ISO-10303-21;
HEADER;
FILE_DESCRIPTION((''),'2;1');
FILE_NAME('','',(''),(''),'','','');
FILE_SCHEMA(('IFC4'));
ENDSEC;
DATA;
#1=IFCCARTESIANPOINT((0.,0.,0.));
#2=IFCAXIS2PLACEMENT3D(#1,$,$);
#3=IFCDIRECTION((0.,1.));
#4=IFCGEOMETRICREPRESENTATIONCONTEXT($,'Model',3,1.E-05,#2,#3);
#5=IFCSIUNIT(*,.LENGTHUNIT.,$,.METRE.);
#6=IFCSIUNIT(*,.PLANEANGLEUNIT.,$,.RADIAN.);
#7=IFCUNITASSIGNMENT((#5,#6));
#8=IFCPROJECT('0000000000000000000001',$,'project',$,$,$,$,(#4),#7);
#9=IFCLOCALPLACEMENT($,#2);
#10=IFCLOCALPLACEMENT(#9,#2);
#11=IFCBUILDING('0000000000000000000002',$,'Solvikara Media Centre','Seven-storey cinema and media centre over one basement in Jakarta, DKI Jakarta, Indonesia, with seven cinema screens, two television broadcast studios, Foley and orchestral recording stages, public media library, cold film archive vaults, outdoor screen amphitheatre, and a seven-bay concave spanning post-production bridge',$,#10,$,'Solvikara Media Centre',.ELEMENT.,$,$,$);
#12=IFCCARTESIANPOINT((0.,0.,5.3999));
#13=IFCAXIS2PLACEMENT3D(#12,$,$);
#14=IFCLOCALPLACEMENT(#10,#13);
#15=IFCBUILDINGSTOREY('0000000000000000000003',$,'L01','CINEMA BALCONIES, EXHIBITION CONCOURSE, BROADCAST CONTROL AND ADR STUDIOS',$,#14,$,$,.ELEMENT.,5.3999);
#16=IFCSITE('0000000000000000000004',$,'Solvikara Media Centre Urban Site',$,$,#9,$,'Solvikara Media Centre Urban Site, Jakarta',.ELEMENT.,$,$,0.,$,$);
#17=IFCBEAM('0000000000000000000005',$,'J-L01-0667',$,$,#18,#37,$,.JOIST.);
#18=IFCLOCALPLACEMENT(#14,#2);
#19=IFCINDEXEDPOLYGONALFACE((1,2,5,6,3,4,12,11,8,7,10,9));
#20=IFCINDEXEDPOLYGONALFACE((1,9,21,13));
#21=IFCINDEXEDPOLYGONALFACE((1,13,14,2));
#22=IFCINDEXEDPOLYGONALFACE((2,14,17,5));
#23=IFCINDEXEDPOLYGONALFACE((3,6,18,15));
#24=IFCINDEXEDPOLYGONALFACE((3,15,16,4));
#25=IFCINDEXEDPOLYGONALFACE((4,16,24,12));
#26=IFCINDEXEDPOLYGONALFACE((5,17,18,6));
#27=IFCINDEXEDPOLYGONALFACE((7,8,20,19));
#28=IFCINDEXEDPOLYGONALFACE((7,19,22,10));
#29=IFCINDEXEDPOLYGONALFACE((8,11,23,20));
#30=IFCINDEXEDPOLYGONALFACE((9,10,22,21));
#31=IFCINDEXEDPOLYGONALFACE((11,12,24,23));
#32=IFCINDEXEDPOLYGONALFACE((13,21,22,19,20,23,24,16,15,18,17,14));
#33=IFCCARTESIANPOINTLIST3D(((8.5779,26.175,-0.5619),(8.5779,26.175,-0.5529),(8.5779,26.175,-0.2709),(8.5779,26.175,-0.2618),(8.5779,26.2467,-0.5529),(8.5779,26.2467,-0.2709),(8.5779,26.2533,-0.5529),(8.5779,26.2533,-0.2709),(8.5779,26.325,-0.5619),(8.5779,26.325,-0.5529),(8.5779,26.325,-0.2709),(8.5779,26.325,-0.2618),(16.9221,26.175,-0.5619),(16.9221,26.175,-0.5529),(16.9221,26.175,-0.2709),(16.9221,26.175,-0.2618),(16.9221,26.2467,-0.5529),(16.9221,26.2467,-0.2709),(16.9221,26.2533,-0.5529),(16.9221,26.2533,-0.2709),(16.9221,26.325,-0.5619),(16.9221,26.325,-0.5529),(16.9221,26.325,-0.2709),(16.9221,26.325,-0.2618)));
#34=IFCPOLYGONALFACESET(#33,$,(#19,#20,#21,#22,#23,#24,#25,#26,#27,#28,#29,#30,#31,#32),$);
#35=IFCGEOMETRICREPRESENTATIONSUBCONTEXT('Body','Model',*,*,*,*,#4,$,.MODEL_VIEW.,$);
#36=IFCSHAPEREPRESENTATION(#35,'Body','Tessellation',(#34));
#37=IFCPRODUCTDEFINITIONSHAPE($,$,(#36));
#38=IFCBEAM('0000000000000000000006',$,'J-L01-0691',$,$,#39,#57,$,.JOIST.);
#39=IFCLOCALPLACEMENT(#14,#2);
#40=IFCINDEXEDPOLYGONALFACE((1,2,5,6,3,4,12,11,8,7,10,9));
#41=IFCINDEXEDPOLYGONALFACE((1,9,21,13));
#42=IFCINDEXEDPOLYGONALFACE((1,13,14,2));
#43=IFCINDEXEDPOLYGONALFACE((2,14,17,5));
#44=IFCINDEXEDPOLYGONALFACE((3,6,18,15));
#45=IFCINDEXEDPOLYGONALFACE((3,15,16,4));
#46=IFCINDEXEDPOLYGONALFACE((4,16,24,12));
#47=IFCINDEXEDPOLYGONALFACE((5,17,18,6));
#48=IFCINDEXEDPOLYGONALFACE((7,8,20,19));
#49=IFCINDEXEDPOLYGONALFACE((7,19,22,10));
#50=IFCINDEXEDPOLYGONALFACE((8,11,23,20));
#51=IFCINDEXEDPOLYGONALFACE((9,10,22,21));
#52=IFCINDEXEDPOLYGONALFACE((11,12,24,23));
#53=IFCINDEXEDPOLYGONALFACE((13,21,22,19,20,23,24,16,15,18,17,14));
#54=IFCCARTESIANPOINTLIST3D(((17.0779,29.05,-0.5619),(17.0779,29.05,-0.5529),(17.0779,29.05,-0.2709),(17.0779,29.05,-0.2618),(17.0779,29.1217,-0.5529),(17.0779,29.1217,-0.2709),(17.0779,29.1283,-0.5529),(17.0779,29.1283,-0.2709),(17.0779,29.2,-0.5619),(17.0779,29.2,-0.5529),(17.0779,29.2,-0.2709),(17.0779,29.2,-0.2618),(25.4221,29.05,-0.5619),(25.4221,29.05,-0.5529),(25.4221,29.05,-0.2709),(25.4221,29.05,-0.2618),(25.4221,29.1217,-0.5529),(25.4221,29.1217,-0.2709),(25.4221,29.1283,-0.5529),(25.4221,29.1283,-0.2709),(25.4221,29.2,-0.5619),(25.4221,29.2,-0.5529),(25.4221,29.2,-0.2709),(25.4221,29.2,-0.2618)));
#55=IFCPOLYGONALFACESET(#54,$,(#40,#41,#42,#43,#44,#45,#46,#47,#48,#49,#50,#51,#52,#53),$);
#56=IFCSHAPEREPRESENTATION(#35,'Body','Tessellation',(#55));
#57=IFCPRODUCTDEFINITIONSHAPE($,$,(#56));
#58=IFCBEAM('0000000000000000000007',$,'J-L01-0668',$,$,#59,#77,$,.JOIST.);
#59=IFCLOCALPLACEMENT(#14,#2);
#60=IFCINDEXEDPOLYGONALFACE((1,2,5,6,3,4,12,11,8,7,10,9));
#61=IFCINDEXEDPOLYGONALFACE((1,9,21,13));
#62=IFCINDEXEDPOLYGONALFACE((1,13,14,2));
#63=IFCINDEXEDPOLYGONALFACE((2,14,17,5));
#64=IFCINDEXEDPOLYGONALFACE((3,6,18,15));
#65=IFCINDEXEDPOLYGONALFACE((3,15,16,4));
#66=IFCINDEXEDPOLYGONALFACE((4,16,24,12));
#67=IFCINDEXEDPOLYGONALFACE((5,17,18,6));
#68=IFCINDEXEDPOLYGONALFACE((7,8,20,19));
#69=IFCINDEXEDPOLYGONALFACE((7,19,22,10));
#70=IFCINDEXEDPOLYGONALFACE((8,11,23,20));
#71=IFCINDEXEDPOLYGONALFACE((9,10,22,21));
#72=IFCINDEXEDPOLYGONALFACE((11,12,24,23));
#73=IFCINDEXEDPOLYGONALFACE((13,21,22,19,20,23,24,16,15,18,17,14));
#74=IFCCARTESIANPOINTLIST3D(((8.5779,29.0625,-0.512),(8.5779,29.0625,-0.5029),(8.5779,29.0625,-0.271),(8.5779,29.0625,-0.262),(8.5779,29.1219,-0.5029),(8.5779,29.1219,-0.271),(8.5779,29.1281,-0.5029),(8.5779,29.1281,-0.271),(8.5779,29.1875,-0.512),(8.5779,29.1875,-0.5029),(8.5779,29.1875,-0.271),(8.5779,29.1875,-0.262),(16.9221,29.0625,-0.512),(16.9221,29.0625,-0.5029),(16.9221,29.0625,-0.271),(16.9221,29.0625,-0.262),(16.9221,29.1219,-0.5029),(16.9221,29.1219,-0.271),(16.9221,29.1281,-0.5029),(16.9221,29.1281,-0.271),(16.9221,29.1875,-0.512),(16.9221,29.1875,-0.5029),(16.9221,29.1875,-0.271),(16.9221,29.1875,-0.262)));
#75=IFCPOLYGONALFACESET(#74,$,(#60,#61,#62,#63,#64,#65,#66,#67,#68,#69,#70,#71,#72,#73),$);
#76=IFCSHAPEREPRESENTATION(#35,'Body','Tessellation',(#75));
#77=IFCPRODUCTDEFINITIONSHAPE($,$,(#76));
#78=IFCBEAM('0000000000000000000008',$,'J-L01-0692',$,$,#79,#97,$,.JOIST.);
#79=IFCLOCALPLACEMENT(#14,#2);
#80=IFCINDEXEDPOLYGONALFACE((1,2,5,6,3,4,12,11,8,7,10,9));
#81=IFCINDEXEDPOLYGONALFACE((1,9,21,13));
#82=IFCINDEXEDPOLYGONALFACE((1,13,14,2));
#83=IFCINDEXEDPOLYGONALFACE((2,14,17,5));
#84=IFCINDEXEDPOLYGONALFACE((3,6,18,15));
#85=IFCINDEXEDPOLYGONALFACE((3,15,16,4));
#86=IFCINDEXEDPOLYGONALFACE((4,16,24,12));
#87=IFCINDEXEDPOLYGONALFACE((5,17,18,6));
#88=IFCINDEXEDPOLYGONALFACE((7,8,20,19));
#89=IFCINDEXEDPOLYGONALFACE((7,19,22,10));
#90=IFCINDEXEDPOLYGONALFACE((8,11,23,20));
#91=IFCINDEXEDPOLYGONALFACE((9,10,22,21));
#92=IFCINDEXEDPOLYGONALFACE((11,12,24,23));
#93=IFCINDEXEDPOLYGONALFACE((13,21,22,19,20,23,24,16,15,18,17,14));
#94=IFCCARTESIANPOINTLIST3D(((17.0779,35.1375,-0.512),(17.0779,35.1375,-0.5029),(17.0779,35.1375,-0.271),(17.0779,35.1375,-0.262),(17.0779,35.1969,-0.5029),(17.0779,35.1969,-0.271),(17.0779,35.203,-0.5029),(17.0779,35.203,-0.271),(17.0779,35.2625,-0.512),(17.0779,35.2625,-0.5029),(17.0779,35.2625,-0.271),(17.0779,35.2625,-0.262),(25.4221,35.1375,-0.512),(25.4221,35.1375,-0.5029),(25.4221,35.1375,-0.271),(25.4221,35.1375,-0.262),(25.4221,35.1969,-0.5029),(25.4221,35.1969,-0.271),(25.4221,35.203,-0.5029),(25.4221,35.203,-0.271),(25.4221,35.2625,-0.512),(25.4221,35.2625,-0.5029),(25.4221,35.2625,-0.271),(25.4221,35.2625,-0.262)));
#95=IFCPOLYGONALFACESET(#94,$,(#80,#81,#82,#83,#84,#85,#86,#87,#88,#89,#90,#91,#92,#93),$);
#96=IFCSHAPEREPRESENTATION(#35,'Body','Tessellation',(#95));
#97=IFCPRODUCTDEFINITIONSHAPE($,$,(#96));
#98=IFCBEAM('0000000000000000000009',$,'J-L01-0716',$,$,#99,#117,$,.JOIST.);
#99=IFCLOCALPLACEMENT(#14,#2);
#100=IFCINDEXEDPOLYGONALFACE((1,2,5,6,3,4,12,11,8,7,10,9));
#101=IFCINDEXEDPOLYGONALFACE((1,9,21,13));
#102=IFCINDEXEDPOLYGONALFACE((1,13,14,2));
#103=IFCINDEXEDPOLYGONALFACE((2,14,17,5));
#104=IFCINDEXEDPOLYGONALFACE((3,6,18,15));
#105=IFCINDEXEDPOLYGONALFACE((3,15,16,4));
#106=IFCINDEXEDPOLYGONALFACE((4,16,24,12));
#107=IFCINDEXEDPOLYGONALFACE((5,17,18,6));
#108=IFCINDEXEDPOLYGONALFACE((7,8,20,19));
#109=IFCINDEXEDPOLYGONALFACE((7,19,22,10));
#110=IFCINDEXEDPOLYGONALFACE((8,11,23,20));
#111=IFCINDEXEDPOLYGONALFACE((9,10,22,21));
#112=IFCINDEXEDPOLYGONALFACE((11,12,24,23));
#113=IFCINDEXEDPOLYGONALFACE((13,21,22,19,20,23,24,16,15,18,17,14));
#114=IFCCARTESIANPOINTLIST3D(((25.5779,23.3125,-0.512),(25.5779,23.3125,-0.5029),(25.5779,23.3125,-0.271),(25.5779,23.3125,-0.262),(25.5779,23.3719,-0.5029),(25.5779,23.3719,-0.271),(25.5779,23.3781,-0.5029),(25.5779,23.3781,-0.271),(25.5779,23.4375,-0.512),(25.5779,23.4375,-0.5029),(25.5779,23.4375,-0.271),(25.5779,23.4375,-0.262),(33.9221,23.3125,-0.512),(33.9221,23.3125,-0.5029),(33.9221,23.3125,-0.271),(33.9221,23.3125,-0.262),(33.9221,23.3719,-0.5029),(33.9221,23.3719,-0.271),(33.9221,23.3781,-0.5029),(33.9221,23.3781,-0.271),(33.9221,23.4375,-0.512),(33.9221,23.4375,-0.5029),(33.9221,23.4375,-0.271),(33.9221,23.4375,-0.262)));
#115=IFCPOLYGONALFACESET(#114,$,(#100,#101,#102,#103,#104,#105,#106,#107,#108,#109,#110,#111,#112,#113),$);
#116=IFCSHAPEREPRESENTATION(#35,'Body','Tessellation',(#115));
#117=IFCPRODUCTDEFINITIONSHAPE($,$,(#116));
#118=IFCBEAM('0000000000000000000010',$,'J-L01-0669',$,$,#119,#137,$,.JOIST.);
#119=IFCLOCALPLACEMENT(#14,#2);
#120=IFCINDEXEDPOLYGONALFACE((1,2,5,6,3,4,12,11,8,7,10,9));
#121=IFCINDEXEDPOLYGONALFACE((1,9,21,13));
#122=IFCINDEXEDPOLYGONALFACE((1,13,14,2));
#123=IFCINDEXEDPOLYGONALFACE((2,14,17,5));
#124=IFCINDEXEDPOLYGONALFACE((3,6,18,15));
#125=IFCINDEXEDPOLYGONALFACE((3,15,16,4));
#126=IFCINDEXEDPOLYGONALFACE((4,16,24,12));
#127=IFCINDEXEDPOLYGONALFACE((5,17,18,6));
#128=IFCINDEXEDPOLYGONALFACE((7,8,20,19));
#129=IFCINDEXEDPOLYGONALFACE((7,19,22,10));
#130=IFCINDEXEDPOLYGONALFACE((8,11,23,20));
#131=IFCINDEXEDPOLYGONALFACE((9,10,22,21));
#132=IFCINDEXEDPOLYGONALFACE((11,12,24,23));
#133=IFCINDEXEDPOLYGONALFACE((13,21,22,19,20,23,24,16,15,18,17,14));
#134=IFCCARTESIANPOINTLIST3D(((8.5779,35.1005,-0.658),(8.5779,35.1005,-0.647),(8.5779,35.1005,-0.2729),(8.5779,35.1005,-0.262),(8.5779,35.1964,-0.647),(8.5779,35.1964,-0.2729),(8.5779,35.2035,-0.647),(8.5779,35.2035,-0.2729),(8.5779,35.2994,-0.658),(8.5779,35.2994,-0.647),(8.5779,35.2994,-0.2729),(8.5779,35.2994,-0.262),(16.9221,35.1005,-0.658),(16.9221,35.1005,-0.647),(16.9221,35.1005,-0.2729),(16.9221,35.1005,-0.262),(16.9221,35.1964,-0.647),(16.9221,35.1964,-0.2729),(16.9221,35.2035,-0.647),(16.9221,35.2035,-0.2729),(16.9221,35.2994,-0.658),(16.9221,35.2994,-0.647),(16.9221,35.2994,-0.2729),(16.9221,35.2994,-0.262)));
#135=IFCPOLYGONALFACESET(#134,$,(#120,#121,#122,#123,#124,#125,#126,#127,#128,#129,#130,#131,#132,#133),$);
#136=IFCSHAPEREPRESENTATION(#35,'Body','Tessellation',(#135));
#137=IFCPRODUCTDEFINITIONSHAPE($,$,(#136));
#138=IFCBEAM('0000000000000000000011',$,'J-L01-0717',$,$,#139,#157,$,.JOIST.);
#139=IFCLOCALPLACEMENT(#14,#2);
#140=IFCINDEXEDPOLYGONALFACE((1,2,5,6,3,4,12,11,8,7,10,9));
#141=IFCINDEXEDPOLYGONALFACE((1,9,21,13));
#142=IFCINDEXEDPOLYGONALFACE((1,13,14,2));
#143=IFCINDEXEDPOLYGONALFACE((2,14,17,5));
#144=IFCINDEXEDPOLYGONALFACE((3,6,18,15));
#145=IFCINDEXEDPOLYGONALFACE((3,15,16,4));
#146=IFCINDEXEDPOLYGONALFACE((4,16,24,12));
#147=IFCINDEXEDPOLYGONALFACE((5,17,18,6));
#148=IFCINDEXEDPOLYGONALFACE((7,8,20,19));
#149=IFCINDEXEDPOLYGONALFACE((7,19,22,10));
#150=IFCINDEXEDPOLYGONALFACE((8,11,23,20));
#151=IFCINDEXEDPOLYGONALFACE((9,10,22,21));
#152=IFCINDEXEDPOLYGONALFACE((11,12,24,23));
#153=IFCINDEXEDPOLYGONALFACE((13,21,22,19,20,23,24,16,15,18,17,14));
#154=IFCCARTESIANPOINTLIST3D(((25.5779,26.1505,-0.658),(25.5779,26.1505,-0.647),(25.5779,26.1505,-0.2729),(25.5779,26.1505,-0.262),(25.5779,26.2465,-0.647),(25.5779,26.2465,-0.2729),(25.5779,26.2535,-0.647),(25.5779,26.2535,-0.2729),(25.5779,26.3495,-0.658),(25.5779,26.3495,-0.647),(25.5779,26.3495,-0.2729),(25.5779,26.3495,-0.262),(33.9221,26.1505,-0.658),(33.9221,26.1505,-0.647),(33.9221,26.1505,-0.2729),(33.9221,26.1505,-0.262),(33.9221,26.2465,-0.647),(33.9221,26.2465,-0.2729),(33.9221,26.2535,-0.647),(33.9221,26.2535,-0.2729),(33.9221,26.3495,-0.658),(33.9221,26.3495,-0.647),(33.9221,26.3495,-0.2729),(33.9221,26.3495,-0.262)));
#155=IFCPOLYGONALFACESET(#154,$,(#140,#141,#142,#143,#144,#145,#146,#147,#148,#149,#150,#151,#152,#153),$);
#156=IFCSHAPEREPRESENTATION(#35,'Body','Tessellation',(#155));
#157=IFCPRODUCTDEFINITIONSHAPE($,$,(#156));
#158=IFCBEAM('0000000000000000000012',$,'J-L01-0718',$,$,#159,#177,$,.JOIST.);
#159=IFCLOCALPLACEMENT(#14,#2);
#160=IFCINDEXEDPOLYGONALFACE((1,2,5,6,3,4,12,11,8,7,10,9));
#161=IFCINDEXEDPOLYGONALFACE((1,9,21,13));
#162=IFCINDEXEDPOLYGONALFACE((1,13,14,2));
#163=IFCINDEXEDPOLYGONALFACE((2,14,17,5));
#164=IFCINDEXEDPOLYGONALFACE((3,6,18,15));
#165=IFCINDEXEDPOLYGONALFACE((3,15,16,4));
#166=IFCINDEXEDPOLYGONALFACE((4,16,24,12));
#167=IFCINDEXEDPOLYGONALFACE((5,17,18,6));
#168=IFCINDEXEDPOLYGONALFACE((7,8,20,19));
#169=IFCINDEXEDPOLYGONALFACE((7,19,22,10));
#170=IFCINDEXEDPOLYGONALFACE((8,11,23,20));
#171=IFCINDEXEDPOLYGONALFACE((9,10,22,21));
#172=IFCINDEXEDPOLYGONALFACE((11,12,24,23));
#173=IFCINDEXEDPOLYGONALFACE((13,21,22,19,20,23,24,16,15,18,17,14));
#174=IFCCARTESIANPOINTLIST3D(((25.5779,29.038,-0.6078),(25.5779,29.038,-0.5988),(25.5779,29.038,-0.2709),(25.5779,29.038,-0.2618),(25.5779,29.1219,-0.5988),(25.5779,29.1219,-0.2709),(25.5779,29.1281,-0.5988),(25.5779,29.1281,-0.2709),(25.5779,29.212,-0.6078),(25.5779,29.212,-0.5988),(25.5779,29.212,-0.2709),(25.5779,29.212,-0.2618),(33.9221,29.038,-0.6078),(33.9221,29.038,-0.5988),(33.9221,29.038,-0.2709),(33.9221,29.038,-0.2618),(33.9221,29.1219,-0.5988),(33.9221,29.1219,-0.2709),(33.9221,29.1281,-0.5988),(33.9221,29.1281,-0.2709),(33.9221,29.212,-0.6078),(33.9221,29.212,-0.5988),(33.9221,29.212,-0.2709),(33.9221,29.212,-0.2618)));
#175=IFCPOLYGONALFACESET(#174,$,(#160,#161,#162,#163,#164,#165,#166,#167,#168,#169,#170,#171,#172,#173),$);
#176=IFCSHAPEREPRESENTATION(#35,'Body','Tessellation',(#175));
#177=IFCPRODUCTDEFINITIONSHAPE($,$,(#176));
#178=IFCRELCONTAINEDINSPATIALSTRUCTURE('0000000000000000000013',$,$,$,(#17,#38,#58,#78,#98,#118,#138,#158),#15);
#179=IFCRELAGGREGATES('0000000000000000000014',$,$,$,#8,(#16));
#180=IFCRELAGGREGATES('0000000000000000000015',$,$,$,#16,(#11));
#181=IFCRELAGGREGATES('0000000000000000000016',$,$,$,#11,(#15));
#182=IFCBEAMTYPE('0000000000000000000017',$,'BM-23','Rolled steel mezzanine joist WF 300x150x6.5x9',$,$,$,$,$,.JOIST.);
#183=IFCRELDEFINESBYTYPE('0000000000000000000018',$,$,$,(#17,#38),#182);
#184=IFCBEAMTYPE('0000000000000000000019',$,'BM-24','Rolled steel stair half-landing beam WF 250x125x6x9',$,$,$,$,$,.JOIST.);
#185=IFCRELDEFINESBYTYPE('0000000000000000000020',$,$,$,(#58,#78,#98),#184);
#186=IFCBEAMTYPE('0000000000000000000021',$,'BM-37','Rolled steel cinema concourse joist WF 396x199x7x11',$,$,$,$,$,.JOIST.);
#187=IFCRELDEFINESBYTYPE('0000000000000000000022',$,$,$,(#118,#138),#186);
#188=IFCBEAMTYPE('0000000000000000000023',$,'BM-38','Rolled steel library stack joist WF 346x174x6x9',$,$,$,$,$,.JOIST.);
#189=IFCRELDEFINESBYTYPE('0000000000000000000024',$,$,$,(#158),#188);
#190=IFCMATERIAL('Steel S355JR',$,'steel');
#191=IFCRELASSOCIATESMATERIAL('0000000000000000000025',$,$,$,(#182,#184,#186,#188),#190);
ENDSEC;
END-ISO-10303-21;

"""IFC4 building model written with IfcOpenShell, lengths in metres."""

from ifc_helpers import new_model, si_unit, direction, frame, origin, origin_2d, place, context, subcontext, project, spatial, i_section, extrude, material, material_profile, profile_set, type_object, element, save


model = new_model("IFC4")

# Units and contexts
model_context = context("Model", 3, precision=1e-05, world=origin(), true_north=direction((0.0, 1.0)))
body_context = subcontext(model_context, "Body", "Model", "MODEL_VIEW")
ifc_project = project(units=[si_unit("LENGTHUNIT", "METRE"), si_unit("PLANEANGLEUNIT", "RADIAN")], contexts=[model_context])

# Site, building, storey
site_placement = place(None, origin())
site = spatial("IfcSite", under=ifc_project, at=site_placement, Name="Solvikara Media Centre Urban Site", LongName="Solvikara Media Centre Urban Site, Jakarta", CompositionType="ELEMENT", RefElevation=0.0)
building_placement = place(site_placement, origin())
building = spatial("IfcBuilding", under=site, at=building_placement, Name="Solvikara Media Centre", Description="Seven-storey cinema and media centre over one basement in Jakarta, DKI Jakarta, Indonesia, with seven cinema screens, two television broadcast studios, Foley and orchestral recording stages, public media library, cold film archive vaults, outdoor screen amphitheatre, and a seven-bay concave spanning post-production bridge", LongName="Solvikara Media Centre", CompositionType="ELEMENT")
storey_placement = place(building_placement, frame((0.0, 0.0, 5.3999)))
storey = spatial("IfcBuildingStorey", under=building, at=storey_placement, Name="L01", Description="CINEMA BALCONIES, EXHIBITION CONCOURSE, BROADCAST CONTROL AND ADR STUDIOS", CompositionType="ELEMENT", Elevation=5.3999)

# Beams
ifc_material_1 = material(Name="Steel S355JR", Category="steel")
ifc_material_profile_1 = material_profile(ifc_material_1, i_section(OverallWidth=0.1499, OverallDepth=0.3, WebThickness=0.0066, FlangeThickness=0.009, at=origin_2d()), Name="WF 300x150x6.5x9")
ifc_profile_set_1 = profile_set([ifc_material_profile_1], Name="Steel S355JR")
beam_type_1 = type_object("IfcBeamType", Name="BM-23", Description="Rolled steel mezzanine joist WF 300x150x6.5x9", PredefinedType="JOIST", material=ifc_profile_set_1)
for number, where, z_axis, x_axis, name in (
    (1, (8.5779, 26.25, -0.4119), (1.0, 0.0, 0.0), (0.0, 1.0, 0.0), "J-L01-0667"),
    (2, (17.0779, 29.125, -0.4119), (1.0, 0.0, 0.0), (0.0, 1.0, 0.0), "J-L01-0691"),
):
    element("IfcBeam", number, at=place(storey_placement, frame(where, z_axis=z_axis, x_axis=x_axis)), inside=storey, type_object=beam_type_1, Name=name, PredefinedType="JOIST", context=body_context, shape_type="SweptSolid", body=[
        extrude(i_section(OverallWidth=0.1499, OverallDepth=0.3, WebThickness=0.0066, FlangeThickness=0.009, at=origin_2d()), origin(), (0.0, 0.0, 1.0), 8.3442),
    ])
ifc_material_profile_2 = material_profile(ifc_material_1, i_section(OverallWidth=0.125, OverallDepth=0.25, WebThickness=0.0061, FlangeThickness=0.009, at=origin_2d()), Name="WF 250x125x6x9")
ifc_profile_set_2 = profile_set([ifc_material_profile_2], Name="Steel S355JR")
beam_type_2 = type_object("IfcBeamType", Name="BM-24", Description="Rolled steel stair half-landing beam WF 250x125x6x9", PredefinedType="JOIST", material=ifc_profile_set_2)
for number, where, z_axis, x_axis, name in (
    (3, (8.5779, 29.125, -0.387), (1.0, 0.0, 0.0), (0.0, 1.0, 0.0), "J-L01-0668"),
    (4, (17.0779, 35.2, -0.387), (1.0, 0.0, 0.0), (0.0, 1.0, 0.0), "J-L01-0692"),
    (5, (25.5779, 23.375, -0.387), (1.0, 0.0, 0.0), (0.0, 1.0, 0.0), "J-L01-0716"),
):
    element("IfcBeam", number, at=place(storey_placement, frame(where, z_axis=z_axis, x_axis=x_axis)), inside=storey, type_object=beam_type_2, Name=name, PredefinedType="JOIST", context=body_context, shape_type="SweptSolid", body=[
        extrude(i_section(OverallWidth=0.125, OverallDepth=0.25, WebThickness=0.0061, FlangeThickness=0.009, at=origin_2d()), origin(), (0.0, 0.0, 1.0), 8.3442),
    ])
ifc_material_profile_3 = material_profile(ifc_material_1, i_section(OverallWidth=0.199, OverallDepth=0.396, WebThickness=0.0071, FlangeThickness=0.011, at=origin_2d()), Name="WF 396x199x7x11")
ifc_profile_set_3 = profile_set([ifc_material_profile_3], Name="Steel S355JR")
beam_type_3 = type_object("IfcBeamType", Name="BM-37", Description="Rolled steel cinema concourse joist WF 396x199x7x11", PredefinedType="JOIST", material=ifc_profile_set_3)
for number, where, z_axis, x_axis, name in (
    (6, (8.5779, 35.2, -0.46), (1.0, 0.0, 0.0), (0.0, 1.0, 0.0), "J-L01-0669"),
    (7, (25.5779, 26.25, -0.46), (1.0, 0.0, 0.0), (0.0, 1.0, 0.0), "J-L01-0717"),
):
    element("IfcBeam", number, at=place(storey_placement, frame(where, z_axis=z_axis, x_axis=x_axis)), inside=storey, type_object=beam_type_3, Name=name, PredefinedType="JOIST", context=body_context, shape_type="SweptSolid", body=[
        extrude(i_section(OverallWidth=0.199, OverallDepth=0.396, WebThickness=0.0071, FlangeThickness=0.011, at=origin_2d()), origin(), (0.0, 0.0, 1.0), 8.3442),
    ])
ifc_material_profile_4 = material_profile(ifc_material_1, i_section(OverallWidth=0.1741, OverallDepth=0.3459, WebThickness=0.0061, FlangeThickness=0.009, at=origin_2d()), Name="WF 346x174x6x9")
ifc_profile_set_4 = profile_set([ifc_material_profile_4], Name="Steel S355JR")
beam_type_4 = type_object("IfcBeamType", Name="BM-38", Description="Rolled steel library stack joist WF 346x174x6x9", PredefinedType="JOIST", material=ifc_profile_set_4)
beam_1_placement = place(storey_placement, frame((25.5779, 29.125, -0.4348), z_axis=(1.0, 0.0, 0.0), x_axis=(0.0, 1.0, 0.0)))
element("IfcBeam", 8, at=beam_1_placement, inside=storey, type_object=beam_type_4, Name="J-L01-0718", PredefinedType="JOIST", context=body_context, shape_type="SweptSolid", body=[
    extrude(i_section(OverallWidth=0.1741, OverallDepth=0.3459, WebThickness=0.0061, FlangeThickness=0.009, at=origin_2d()), origin(), (0.0, 0.0, 1.0), 8.3442),
])

save(model, "model.ifc")
